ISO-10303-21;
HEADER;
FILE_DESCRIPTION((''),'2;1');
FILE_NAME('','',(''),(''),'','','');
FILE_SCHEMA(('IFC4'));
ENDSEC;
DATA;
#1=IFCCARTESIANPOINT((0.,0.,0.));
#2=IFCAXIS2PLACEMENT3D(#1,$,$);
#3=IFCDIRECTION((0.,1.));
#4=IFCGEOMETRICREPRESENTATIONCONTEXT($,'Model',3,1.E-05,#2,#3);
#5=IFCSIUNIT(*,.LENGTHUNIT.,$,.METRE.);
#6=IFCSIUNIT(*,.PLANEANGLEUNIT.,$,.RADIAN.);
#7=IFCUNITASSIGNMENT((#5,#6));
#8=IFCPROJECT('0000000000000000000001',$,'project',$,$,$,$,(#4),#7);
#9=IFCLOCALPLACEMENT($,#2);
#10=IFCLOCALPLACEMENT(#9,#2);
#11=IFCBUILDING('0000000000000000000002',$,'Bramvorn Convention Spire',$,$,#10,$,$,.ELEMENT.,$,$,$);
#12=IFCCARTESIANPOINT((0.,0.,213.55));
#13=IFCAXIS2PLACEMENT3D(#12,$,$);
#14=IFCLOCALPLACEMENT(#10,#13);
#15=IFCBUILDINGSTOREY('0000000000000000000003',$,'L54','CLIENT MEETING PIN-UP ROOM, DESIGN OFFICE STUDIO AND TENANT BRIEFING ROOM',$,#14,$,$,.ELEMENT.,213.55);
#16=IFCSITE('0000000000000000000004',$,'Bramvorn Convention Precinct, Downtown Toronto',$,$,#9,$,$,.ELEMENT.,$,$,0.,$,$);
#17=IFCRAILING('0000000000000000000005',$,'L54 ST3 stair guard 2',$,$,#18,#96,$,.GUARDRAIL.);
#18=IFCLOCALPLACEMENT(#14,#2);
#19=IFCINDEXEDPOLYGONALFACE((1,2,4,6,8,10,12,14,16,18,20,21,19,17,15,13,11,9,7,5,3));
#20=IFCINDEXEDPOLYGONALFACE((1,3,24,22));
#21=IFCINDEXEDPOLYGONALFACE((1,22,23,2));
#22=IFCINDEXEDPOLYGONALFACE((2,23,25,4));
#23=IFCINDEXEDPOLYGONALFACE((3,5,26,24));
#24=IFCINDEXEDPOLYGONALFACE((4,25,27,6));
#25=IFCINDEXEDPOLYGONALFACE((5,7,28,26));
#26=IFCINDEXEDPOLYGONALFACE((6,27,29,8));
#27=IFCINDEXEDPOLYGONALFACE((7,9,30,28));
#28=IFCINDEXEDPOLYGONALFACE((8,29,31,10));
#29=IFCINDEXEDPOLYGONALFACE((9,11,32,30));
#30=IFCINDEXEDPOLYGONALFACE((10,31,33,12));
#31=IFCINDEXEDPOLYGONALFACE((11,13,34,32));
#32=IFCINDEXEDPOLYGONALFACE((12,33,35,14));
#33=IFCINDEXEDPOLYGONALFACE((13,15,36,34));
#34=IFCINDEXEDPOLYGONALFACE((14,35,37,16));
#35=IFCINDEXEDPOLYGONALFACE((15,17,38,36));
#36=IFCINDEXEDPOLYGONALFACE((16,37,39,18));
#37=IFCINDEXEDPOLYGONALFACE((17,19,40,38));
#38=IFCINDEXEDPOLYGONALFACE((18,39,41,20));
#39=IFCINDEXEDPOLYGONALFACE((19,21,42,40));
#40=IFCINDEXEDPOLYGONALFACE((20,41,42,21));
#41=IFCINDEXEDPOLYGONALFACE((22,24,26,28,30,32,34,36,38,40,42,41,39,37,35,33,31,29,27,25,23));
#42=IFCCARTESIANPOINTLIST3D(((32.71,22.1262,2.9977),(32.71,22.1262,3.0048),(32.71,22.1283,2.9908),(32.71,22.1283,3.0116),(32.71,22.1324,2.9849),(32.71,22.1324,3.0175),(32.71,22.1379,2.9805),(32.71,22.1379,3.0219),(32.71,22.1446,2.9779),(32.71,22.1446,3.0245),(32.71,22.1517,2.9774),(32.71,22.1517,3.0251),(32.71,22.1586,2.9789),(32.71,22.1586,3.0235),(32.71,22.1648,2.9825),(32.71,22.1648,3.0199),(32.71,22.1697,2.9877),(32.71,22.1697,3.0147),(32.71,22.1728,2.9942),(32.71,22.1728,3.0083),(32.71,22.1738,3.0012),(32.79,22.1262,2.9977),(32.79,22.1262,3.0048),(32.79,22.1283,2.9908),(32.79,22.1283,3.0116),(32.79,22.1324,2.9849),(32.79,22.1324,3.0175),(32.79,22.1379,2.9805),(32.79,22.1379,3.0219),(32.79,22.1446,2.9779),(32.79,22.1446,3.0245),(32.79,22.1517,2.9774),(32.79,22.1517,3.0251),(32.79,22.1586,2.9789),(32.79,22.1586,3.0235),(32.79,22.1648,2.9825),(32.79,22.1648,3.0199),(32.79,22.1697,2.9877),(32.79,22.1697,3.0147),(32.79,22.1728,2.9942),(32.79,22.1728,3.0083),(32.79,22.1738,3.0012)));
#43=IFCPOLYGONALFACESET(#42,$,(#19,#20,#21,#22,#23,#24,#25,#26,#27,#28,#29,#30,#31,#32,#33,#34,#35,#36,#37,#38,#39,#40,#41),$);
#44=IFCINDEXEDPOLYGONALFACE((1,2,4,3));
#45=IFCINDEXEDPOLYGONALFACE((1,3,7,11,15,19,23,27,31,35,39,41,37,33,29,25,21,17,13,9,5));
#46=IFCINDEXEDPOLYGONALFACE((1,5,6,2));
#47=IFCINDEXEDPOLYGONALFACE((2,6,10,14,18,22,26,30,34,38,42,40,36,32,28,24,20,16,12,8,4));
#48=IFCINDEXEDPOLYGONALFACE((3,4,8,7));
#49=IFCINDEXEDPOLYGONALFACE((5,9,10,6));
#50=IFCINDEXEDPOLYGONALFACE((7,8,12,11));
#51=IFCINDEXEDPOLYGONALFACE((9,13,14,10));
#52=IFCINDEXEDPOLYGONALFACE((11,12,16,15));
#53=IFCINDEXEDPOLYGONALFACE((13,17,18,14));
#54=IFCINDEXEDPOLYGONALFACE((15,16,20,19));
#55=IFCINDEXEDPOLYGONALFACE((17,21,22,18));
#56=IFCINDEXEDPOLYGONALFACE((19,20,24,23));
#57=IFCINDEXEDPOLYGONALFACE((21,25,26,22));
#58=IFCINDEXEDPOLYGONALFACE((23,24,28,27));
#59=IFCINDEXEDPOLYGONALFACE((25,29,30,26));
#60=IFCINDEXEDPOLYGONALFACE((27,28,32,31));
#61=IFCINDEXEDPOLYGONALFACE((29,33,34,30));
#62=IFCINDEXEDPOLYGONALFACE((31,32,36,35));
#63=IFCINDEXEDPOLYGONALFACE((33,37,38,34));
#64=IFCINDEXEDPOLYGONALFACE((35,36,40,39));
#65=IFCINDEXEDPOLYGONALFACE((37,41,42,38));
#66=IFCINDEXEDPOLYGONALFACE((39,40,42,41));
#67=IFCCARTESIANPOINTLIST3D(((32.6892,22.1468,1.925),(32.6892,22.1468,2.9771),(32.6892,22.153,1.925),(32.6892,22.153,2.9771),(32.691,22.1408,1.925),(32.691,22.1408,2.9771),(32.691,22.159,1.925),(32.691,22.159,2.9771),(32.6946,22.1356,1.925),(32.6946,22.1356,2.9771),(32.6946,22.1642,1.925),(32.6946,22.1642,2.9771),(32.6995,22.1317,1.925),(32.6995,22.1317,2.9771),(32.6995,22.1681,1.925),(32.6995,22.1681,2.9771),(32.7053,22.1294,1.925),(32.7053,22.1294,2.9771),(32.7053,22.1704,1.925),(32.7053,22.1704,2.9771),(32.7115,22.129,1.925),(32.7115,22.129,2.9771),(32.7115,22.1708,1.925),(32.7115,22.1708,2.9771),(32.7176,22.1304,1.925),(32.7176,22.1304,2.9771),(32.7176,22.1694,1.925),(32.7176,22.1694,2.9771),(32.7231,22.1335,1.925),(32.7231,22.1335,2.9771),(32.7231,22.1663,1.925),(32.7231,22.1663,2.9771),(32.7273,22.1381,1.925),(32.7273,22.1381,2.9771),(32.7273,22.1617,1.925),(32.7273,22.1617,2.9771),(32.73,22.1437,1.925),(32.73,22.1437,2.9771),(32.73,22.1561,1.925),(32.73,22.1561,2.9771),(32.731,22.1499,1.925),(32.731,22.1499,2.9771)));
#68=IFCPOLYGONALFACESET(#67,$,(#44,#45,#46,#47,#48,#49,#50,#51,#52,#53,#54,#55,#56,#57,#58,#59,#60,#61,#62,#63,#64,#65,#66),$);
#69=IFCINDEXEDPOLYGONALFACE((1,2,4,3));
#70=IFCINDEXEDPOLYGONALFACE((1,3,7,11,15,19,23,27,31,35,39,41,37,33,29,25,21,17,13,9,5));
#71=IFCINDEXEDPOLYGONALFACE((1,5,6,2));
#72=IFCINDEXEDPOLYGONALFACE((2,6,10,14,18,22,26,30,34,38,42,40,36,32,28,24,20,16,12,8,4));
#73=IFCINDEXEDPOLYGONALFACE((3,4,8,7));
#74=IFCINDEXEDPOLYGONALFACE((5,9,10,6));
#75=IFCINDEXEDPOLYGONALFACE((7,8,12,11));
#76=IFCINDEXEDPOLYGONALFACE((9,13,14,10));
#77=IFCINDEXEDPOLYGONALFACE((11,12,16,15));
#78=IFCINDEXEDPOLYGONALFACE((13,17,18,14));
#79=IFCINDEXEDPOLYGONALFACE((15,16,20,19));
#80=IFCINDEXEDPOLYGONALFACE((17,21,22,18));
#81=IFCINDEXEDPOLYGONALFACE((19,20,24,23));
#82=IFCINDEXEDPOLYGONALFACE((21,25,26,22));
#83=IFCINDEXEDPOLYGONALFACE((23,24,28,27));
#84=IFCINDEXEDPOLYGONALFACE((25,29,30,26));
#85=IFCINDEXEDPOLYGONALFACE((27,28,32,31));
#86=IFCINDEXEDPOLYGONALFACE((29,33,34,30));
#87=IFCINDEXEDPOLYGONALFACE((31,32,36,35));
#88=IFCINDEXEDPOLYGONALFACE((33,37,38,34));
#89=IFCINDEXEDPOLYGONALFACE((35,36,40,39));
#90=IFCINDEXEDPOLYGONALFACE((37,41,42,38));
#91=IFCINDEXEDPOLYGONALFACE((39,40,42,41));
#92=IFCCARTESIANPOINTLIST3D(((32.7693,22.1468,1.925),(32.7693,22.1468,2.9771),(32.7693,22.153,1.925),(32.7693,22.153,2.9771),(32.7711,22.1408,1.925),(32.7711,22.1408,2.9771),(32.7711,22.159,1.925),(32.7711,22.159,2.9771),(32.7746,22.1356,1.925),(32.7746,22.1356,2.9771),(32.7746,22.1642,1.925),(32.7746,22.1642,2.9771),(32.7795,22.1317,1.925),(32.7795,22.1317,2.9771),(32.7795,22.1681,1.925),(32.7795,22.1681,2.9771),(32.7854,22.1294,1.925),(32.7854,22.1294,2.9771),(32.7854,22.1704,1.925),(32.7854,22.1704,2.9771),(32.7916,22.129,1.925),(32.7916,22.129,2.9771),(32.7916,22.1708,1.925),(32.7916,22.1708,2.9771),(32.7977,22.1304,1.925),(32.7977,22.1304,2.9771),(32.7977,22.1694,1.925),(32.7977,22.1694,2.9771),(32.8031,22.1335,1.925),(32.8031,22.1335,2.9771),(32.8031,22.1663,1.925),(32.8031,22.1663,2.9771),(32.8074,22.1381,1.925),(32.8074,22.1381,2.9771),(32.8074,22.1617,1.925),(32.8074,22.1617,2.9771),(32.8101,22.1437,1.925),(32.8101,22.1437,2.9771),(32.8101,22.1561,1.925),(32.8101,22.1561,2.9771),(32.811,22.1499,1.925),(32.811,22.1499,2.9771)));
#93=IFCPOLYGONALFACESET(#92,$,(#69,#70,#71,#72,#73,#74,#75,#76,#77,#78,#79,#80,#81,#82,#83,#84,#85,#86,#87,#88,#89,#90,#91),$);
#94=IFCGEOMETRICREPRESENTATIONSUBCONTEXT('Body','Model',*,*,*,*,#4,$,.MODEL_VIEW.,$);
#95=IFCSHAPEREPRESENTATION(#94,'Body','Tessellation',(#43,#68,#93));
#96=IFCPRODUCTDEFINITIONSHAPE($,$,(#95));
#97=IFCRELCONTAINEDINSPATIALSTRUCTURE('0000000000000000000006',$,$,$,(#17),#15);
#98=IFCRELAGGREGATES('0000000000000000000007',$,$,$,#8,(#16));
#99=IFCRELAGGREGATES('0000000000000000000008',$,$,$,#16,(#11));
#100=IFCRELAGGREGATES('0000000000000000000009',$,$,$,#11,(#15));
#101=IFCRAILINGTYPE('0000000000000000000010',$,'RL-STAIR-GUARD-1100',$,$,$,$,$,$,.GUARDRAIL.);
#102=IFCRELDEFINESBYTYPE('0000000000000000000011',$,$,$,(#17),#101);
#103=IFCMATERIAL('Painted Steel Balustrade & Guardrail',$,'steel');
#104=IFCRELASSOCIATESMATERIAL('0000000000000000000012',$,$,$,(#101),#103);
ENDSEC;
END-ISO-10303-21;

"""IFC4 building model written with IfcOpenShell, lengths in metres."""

from ifc_helpers import new_model, si_unit, direction, frame, origin, origin_2d, place, context, subcontext, project, spatial, circle, extrude, material, type_object, element, save


model = new_model("IFC4")

# Units and contexts
model_context = context("Model", 3, precision=1e-05, world=origin(), true_north=direction((0.0, 1.0)))
body_context = subcontext(model_context, "Body", "Model", "MODEL_VIEW")
ifc_project = project(units=[si_unit("LENGTHUNIT", "METRE"), si_unit("PLANEANGLEUNIT", "RADIAN")], contexts=[model_context])

# Site, building, storey
site_placement = place(None, origin())
site = spatial("IfcSite", under=ifc_project, at=site_placement, Name="Bramvorn Convention Precinct, Downtown Toronto", CompositionType="ELEMENT", RefElevation=0.0)
building_placement = place(site_placement, origin())
building = spatial("IfcBuilding", under=site, at=building_placement, Name="Bramvorn Convention Spire", CompositionType="ELEMENT")
storey_placement = place(building_placement, frame((0.0, 0.0, 213.55)))
storey = spatial("IfcBuildingStorey", under=building, at=storey_placement, Name="L54", Description="CLIENT MEETING PIN-UP ROOM, DESIGN OFFICE STUDIO AND TENANT BRIEFING ROOM", CompositionType="ELEMENT", Elevation=213.55)

# Railing
ifc_material_1 = material(Name="Painted Steel Balustrade & Guardrail", Category="steel")
railing_type_1 = type_object("IfcRailingType", Name="RL-STAIR-GUARD-1100", PredefinedType="GUARDRAIL", material=ifc_material_1)
railing_1_placement = place(storey_placement, frame((32.71, 22.1499, 1.925)))
element("IfcRailing", 1, at=railing_1_placement, inside=storey, type_object=railing_type_1, Name="L54 ST3 stair guard 2", PredefinedType="GUARDRAIL", context=body_context, shape_type="SweptSolid", body=[
    extrude(circle(Radius=0.0239, at=origin_2d()), frame((0.0, 0.0, 1.0762), z_axis=(1.0, 0.0, 0.0), x_axis=(0.0, 1.0, 0.0)), (0.0, 0.0, 1.0), 0.0801),
    extrude(circle(Radius=0.021, at=origin_2d()), origin(), (0.0, 0.0, 1.0), 1.052),
    extrude(circle(Radius=0.021, at=origin_2d()), frame((0.0801, 0.0, 0.0)), (0.0, 0.0, 1.0), 1.052),
])

save(model, "model.ifc")
